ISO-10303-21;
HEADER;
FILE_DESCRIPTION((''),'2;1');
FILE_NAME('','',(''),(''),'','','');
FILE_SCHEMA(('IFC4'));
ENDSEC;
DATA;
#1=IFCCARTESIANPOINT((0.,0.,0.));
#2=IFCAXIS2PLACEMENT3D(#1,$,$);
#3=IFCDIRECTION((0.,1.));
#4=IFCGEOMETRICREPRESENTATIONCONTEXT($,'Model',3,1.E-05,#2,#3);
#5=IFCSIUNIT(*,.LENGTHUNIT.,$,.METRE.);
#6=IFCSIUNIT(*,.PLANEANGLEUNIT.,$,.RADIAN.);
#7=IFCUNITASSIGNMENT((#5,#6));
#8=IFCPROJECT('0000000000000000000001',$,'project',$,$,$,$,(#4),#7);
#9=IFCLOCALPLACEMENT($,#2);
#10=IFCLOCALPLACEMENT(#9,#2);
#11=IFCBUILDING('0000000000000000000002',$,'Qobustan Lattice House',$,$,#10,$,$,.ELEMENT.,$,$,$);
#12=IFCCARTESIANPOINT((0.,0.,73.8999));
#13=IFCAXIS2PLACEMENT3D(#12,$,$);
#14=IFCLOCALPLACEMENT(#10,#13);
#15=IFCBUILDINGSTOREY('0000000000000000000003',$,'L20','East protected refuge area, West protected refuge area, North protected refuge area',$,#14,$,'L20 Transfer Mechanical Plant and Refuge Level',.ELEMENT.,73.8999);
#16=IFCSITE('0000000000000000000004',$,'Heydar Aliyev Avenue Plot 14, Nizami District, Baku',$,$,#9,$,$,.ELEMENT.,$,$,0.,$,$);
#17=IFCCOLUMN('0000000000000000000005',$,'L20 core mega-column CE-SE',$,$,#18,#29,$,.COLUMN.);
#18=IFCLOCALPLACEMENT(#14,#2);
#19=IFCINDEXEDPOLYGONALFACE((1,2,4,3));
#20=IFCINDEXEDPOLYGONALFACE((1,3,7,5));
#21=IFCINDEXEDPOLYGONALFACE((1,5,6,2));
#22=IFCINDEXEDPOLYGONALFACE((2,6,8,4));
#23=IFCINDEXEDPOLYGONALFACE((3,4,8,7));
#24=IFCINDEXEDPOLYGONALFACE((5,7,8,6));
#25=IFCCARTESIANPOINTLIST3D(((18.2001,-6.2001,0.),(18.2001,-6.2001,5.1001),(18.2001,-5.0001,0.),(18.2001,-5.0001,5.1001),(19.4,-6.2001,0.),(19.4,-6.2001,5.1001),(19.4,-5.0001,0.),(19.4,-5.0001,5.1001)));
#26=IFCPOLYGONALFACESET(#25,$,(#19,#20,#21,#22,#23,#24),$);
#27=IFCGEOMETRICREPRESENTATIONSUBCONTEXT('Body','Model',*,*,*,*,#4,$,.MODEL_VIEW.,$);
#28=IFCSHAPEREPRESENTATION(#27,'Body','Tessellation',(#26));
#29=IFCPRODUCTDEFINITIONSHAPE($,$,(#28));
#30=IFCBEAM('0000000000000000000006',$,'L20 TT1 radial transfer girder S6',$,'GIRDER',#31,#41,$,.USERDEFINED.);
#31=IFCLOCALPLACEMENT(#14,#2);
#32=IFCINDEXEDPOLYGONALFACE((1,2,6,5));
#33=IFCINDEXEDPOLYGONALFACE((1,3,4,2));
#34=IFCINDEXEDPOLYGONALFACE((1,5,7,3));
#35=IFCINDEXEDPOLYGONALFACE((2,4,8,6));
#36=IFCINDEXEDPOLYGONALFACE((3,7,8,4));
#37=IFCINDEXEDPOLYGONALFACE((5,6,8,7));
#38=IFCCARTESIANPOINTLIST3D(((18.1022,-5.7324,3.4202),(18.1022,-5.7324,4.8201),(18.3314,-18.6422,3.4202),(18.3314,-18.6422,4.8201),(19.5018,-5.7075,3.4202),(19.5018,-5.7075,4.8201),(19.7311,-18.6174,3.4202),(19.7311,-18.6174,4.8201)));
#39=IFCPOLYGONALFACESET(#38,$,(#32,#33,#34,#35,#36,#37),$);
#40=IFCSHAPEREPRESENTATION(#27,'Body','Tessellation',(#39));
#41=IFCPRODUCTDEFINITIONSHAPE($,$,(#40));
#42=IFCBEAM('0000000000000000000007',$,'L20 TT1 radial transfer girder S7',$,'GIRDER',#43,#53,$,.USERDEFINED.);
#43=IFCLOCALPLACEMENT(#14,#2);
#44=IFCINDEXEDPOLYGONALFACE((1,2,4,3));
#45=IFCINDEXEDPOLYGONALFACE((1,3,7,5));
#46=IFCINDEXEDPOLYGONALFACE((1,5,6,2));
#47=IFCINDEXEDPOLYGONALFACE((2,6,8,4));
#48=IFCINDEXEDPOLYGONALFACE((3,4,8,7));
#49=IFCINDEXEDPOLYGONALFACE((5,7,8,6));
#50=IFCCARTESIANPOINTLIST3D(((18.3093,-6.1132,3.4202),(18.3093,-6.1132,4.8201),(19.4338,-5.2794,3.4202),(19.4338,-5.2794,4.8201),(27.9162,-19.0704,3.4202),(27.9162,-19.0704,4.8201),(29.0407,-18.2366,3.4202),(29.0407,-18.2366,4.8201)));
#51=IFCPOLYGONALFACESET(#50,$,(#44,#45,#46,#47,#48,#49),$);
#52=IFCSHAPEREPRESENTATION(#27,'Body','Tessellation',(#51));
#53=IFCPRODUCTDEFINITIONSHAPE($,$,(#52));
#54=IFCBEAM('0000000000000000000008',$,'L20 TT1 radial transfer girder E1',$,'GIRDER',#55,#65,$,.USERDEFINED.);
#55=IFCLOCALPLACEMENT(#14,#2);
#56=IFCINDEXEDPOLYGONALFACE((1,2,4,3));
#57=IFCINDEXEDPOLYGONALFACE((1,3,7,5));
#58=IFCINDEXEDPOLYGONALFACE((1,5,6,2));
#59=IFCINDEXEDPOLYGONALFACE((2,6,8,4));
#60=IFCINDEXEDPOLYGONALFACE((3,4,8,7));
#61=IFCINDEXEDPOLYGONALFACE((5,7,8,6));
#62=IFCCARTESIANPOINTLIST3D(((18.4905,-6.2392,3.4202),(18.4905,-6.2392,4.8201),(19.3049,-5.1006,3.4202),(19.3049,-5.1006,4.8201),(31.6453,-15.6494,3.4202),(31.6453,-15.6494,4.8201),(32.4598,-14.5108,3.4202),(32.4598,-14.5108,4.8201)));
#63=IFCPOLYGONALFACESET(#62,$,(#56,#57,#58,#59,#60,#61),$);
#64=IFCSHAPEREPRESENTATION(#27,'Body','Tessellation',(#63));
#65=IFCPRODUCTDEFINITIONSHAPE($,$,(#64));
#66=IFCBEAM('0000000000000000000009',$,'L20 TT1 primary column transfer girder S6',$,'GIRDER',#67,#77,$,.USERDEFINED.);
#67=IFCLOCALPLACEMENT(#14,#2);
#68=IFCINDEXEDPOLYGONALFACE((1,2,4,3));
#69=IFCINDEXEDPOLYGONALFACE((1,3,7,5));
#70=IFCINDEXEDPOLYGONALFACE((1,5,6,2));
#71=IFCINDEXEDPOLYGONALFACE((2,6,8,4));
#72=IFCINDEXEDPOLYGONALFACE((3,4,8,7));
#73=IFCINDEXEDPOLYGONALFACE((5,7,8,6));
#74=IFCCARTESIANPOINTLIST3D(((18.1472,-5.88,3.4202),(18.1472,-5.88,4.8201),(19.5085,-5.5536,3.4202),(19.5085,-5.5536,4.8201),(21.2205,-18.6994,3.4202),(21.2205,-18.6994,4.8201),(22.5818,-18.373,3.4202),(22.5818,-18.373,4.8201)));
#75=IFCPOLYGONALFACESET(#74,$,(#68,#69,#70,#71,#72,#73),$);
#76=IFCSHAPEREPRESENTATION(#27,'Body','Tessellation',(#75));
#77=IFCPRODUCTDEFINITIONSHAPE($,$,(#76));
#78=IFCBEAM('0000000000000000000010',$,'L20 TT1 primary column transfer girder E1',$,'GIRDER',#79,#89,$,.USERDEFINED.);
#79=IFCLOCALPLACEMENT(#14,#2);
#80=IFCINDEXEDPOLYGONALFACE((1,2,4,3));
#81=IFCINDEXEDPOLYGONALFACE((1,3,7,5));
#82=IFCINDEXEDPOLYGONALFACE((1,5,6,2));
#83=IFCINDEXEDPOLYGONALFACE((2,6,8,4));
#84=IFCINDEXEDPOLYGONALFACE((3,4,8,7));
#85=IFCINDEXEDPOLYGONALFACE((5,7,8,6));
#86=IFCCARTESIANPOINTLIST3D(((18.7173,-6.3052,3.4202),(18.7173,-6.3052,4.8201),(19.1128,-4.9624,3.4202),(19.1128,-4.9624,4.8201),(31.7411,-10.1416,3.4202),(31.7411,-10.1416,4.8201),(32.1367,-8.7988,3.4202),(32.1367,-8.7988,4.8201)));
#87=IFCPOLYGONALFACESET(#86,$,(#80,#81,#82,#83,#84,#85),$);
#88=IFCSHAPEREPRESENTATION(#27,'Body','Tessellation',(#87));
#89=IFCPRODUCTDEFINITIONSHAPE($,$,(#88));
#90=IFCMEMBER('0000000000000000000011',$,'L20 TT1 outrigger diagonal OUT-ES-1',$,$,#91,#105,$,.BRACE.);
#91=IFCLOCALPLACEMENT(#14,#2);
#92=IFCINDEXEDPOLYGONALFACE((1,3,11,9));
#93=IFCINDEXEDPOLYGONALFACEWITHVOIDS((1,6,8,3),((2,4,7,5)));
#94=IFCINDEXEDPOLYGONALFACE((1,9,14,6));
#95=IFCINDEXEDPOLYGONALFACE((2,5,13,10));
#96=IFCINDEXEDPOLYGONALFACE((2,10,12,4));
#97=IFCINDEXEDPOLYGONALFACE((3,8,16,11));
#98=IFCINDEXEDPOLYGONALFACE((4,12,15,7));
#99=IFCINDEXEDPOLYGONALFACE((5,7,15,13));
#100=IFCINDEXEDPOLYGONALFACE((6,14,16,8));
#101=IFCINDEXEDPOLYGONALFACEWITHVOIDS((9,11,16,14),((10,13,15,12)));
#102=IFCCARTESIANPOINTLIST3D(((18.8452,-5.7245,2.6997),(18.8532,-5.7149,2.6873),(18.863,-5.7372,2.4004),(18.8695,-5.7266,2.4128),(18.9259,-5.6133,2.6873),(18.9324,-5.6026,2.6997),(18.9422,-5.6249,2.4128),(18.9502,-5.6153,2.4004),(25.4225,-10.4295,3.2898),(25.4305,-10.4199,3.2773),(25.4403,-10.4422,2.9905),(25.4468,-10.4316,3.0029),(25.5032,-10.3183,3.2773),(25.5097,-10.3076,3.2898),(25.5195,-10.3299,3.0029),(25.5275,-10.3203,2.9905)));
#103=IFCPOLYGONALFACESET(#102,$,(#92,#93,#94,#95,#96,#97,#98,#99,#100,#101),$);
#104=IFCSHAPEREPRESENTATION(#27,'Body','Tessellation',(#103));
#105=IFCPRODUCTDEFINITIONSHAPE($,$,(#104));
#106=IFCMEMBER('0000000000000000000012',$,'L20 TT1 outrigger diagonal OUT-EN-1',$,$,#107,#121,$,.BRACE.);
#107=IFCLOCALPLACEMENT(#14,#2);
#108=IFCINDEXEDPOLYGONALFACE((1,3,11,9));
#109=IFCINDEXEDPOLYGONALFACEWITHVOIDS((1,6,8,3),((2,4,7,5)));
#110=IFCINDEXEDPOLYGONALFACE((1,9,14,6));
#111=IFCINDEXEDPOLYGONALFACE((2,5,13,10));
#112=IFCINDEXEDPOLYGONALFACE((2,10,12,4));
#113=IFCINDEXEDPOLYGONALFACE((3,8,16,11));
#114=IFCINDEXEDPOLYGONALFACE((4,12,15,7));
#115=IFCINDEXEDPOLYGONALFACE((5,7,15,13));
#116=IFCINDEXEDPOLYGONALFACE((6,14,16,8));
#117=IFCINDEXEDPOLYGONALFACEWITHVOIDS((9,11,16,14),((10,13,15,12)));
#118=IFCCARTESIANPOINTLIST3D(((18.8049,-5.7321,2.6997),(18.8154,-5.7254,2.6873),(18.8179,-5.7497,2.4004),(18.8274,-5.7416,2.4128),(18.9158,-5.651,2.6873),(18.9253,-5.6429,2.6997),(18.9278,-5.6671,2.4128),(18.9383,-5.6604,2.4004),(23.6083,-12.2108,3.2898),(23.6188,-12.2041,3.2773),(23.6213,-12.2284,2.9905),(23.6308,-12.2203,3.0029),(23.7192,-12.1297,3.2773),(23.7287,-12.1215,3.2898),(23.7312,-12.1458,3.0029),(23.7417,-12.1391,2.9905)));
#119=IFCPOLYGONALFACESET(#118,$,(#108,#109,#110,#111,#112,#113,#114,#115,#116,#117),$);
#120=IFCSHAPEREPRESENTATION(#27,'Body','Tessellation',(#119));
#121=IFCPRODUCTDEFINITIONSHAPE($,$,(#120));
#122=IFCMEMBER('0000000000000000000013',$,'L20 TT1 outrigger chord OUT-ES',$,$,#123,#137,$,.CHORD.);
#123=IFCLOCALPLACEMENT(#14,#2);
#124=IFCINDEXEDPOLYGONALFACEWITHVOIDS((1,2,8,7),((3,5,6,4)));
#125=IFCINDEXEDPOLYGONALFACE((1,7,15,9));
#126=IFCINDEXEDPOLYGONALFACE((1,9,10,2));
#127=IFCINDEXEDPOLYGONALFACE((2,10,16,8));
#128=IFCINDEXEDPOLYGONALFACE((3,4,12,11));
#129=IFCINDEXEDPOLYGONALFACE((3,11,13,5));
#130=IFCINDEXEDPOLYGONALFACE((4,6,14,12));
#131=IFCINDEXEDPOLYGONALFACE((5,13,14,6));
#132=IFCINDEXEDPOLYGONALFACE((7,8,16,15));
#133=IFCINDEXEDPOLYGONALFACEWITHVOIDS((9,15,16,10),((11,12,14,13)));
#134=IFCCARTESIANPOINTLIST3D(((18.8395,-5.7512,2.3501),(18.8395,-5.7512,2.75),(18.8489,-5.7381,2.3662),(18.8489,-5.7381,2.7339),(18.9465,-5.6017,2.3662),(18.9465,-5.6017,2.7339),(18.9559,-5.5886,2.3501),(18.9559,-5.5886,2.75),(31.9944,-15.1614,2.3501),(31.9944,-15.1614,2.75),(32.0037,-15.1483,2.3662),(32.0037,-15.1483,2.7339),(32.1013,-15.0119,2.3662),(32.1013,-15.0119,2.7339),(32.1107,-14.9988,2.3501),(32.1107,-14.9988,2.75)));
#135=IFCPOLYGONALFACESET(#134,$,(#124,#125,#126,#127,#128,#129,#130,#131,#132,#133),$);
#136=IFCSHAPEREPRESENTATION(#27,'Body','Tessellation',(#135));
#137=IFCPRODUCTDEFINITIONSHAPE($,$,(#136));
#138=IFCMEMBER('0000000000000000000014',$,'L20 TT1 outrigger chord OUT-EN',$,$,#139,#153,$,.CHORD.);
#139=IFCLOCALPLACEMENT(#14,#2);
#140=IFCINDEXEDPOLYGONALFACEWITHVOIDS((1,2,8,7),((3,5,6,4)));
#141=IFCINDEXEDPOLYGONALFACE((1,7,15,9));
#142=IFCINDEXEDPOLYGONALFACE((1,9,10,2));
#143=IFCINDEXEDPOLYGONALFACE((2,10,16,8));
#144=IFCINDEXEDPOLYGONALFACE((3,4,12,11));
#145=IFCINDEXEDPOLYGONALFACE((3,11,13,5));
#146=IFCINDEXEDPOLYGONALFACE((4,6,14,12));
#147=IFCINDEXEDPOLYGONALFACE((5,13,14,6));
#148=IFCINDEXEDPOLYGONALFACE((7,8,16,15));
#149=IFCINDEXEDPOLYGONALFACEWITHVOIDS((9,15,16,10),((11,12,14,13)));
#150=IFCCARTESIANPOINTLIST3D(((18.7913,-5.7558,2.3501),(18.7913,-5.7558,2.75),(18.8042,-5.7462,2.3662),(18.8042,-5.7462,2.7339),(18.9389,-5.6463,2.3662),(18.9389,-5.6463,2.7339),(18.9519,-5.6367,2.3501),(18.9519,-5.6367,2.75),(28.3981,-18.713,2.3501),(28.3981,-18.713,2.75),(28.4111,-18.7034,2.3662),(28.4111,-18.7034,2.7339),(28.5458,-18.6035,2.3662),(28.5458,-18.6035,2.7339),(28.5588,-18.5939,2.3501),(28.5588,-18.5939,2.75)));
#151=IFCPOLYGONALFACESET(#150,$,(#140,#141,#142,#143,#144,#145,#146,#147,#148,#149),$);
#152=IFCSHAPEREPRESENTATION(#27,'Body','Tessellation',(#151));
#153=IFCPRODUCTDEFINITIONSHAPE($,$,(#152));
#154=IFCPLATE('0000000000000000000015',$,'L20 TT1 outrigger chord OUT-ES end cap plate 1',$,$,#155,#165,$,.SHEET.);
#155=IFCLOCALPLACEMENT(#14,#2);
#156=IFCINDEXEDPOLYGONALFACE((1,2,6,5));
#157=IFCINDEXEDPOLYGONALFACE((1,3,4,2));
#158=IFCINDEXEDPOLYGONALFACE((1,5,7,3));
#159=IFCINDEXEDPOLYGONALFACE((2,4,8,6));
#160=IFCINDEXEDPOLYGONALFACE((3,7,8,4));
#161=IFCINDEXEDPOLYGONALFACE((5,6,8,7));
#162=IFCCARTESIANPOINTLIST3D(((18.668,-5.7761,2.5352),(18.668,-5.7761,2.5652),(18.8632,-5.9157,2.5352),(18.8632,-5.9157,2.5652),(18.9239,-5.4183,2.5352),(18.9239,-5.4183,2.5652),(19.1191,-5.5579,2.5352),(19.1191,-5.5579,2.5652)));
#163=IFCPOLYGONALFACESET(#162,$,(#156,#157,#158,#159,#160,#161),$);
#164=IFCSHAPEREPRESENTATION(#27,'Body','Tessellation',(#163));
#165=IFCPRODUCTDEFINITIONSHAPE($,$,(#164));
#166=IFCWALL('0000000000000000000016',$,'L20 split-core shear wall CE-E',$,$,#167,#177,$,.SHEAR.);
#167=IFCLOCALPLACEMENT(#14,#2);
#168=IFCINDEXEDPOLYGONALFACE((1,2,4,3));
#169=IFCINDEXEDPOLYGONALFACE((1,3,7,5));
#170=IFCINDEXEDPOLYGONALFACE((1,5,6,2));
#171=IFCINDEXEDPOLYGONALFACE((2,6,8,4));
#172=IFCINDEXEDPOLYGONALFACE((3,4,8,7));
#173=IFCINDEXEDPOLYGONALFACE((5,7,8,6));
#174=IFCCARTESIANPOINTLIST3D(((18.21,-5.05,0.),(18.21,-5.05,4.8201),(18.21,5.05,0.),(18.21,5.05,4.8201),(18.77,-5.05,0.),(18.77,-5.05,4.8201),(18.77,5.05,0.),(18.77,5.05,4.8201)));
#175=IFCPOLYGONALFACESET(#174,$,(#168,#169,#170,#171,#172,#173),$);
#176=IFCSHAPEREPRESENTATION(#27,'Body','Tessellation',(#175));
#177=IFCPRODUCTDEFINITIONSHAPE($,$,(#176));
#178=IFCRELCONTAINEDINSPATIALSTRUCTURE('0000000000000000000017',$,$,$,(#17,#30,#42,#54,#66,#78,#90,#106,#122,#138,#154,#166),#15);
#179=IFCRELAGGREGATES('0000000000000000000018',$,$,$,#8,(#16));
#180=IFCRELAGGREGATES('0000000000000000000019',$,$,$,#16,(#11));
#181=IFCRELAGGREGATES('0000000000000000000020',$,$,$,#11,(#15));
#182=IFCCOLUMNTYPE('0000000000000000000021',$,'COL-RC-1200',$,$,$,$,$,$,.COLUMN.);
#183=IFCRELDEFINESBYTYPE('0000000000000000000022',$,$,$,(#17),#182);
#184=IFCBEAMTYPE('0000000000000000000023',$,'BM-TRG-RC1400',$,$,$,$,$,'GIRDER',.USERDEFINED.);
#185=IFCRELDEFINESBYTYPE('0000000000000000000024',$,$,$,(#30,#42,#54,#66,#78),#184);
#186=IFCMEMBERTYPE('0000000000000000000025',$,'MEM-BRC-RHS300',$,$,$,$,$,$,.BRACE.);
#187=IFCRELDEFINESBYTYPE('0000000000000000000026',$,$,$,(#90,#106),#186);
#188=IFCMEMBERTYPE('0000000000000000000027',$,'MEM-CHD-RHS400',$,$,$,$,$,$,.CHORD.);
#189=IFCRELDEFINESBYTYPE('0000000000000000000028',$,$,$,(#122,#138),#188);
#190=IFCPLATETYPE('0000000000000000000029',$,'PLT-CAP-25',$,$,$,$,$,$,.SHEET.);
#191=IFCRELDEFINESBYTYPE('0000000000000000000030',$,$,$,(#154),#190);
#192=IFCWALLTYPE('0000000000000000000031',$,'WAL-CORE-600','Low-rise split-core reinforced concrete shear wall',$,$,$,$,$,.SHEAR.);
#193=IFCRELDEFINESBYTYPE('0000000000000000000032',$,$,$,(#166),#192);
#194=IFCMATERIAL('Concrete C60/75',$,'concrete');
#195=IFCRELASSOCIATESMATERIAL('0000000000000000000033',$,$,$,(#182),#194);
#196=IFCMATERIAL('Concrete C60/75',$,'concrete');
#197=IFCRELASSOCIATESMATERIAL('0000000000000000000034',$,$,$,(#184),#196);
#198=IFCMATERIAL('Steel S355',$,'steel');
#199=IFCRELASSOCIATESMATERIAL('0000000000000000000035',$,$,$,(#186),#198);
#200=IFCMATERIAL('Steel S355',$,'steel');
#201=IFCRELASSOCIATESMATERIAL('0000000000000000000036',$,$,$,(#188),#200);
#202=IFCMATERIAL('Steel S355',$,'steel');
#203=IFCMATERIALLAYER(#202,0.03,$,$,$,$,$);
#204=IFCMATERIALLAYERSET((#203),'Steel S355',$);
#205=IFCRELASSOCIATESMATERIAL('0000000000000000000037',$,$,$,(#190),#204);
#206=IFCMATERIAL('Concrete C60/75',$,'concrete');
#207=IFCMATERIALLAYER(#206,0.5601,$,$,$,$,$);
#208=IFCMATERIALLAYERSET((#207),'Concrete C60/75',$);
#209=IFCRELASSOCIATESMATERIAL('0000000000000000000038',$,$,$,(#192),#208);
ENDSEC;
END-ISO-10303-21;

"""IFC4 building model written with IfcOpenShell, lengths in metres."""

from ifc_helpers import new_model, si_unit, direction, frame, frame_2d, origin, origin_2d, place, context, subcontext, project, spatial, rectangle, hollow_rectangle, extrude, material, layer, layer_set, material_profile, profile_set, type_object, element, save


model = new_model("IFC4")

# Units and contexts
model_context = context("Model", 3, precision=1e-05, world=origin(), true_north=direction((0.0, 1.0)))
body_context = subcontext(model_context, "Body", "Model", "MODEL_VIEW")
ifc_project = project(units=[si_unit("LENGTHUNIT", "METRE"), si_unit("PLANEANGLEUNIT", "RADIAN")], contexts=[model_context])

# Site, building, storey
site_placement = place(None, origin())
site = spatial("IfcSite", under=ifc_project, at=site_placement, Name="Heydar Aliyev Avenue Plot 14, Nizami District, Baku", CompositionType="ELEMENT", RefElevation=0.0)
building_placement = place(site_placement, origin())
building = spatial("IfcBuilding", under=site, at=building_placement, Name="Qobustan Lattice House", CompositionType="ELEMENT")
storey_placement = place(building_placement, frame((0.0, 0.0, 73.8999)))
storey = spatial("IfcBuildingStorey", under=building, at=storey_placement, Name="L20", Description="East protected refuge area, West protected refuge area, North protected refuge area", LongName="L20 Transfer Mechanical Plant and Refuge Level", CompositionType="ELEMENT", Elevation=73.8999)

# Column
ifc_material_1 = material(Name="Concrete C60/75", Category="concrete")
ifc_material_profile_1 = material_profile(ifc_material_1, rectangle(XDim=1.2, YDim=1.2, at=origin_2d()), Name="RC1200x1200")
ifc_profile_set_1 = profile_set([ifc_material_profile_1], Name="Concrete C60/75")
column_type = type_object("IfcColumnType", Name="COL-RC-1200", PredefinedType="COLUMN", material=ifc_profile_set_1)
column_placement = place(storey_placement, frame((18.8, -5.6001, 0.0), z_axis=(0.0, 0.0, 1.0), x_axis=(1.0, 0.0, 0.0)))
element("IfcColumn", 1, at=column_placement, inside=storey, type_object=column_type, Name="L20 core mega-column CE-SE", PredefinedType="COLUMN", context=body_context, shape_type="SweptSolid", body=[
    extrude(rectangle(XDim=1.2, YDim=1.2, at=origin_2d()), origin(), (0.0, 0.0, 1.0), 5.1001),
])

# Beams
ifc_material_2 = material(Name="Concrete C60/75", Category="concrete")
ifc_material_profile_2 = material_profile(ifc_material_2, rectangle(XDim=1.3999, YDim=1.3999, at=origin_2d()), Name="RC1400x1400")
ifc_profile_set_2 = profile_set([ifc_material_profile_2], Name="Concrete C60/75")
beam_type = type_object("IfcBeamType", Name="BM-TRG-RC1400", ElementType="GIRDER", PredefinedType="USERDEFINED", material=ifc_profile_set_2)
beam_1_placement = place(storey_placement, frame((18.802, -5.72, 4.1201), z_axis=(0.017755, -0.999842, 0.0), x_axis=(0.999842, 0.017755, 0.0)))
element("IfcBeam", 2, at=beam_1_placement, inside=storey, type_object=beam_type, Name="L20 TT1 radial transfer girder S6", ObjectType="GIRDER", PredefinedType="USERDEFINED", context=body_context, shape_type="SweptSolid", body=[
    extrude(rectangle(XDim=1.3999, YDim=1.3999, at=origin_2d()), origin(), (0.0, 0.0, 1.0), 12.9119),
])
beam_2_placement = place(storey_placement, frame((18.8716, -5.6963, 4.1201), z_axis=(0.595586, -0.803292, 0.0), x_axis=(0.803292, 0.595586, 0.0)))
element("IfcBeam", 3, at=beam_2_placement, inside=storey, type_object=beam_type, Name="L20 TT1 radial transfer girder S7", ObjectType="GIRDER", PredefinedType="USERDEFINED", context=body_context, shape_type="SweptSolid", body=[
    extrude(rectangle(XDim=1.3999, YDim=1.3999, at=origin_2d()), origin(), (0.0, 0.0, 1.0), 16.1301),
])
beam_3_placement = place(storey_placement, frame((18.8977, -5.6699, 4.1201), z_axis=(0.813327, -0.581806, 0.0), x_axis=(0.581806, 0.813327, 0.0)))
element("IfcBeam", 4, at=beam_3_placement, inside=storey, type_object=beam_type, Name="L20 TT1 radial transfer girder E1", ObjectType="GIRDER", PredefinedType="USERDEFINED", context=body_context, shape_type="SweptSolid", body=[
    extrude(rectangle(XDim=1.3999, YDim=1.3999, at=origin_2d()), origin(), (0.0, 0.0, 1.0), 16.1741),
])
beam_4_placement = place(storey_placement, frame((18.8279, -5.7168, 4.1201), z_axis=(0.233129, -0.972446, 0.0), x_axis=(0.972446, 0.233129, 0.0)))
element("IfcBeam", 5, at=beam_4_placement, inside=storey, type_object=beam_type, Name="L20 TT1 primary column transfer girder S6", ObjectType="GIRDER", PredefinedType="USERDEFINED", context=body_context, shape_type="SweptSolid", body=[
    extrude(rectangle(XDim=1.3999, YDim=1.3999, at=origin_2d()), origin(), (0.0, 0.0, 1.0), 13.1826),
])
beam_5_placement = place(storey_placement, frame((18.915, -5.6338, 4.1201), z_axis=(0.959249, -0.282563, 0.0), x_axis=(0.282563, 0.959249, 0.0)))
element("IfcBeam", 6, at=beam_5_placement, inside=storey, type_object=beam_type, Name="L20 TT1 primary column transfer girder E1", ObjectType="GIRDER", PredefinedType="USERDEFINED", context=body_context, shape_type="SweptSolid", body=[
    extrude(rectangle(XDim=1.3999, YDim=1.3999, at=origin_2d()), origin(), (0.0, 0.0, 1.0), 13.5771),
])

# Members
ifc_material_3 = material(Name="Steel S355", Category="steel")
ifc_material_profile_3 = material_profile(ifc_material_3, hollow_rectangle(XDim=0.1499, YDim=0.3, WallThickness=0.0125, at=origin_2d()), Name="RHS300x150x12.5")
ifc_profile_set_3 = profile_set([ifc_material_profile_3], Name="Steel S355")
member_type_1 = type_object("IfcMemberType", Name="MEM-BRC-RHS300", PredefinedType="BRACE", material=ifc_profile_set_3)
member_1_placement = place(storey_placement, frame((18.8977, -5.6699, 2.55), z_axis=(0.811171, -0.580264, 0.072774), x_axis=(0.581806, 0.813327, 0.0)))
element("IfcMember", 7, at=member_1_placement, inside=storey, type_object=member_type_1, Name="L20 TT1 outrigger diagonal OUT-ES-1", PredefinedType="BRACE", context=body_context, shape_type="SweptSolid", body=[
    extrude(hollow_rectangle(XDim=0.1499, YDim=0.3, WallThickness=0.0125, at=origin_2d()), origin(), (0.0, 0.0, 1.0), 8.1084),
])
member_2_placement = place(storey_placement, frame((18.8716, -5.6963, 2.55), z_axis=(0.593991, -0.801156, 0.07297), x_axis=(0.803297, 0.595579, 0.0)))
element("IfcMember", 8, at=member_2_placement, inside=storey, type_object=member_type_1, Name="L20 TT1 outrigger diagonal OUT-EN-1", PredefinedType="BRACE", context=body_context, shape_type="SweptSolid", body=[
    extrude(hollow_rectangle(XDim=0.1499, YDim=0.3, WallThickness=0.0125, at=origin_2d()), origin(), (0.0, 0.0, 1.0), 8.0867),
])
ifc_material_4 = material(Name="Steel S355", Category="steel")
ifc_material_profile_4 = material_profile(ifc_material_4, hollow_rectangle(XDim=0.2, YDim=0.3999, WallThickness=0.0161, at=origin_2d()), Name="RHS400x200x16")
ifc_profile_set_4 = profile_set([ifc_material_profile_4], Name="Steel S355")
member_type_2 = type_object("IfcMemberType", Name="MEM-CHD-RHS400", PredefinedType="CHORD", material=ifc_profile_set_4)
member_3_placement = place(storey_placement, frame((18.8977, -5.6699, 2.55), z_axis=(0.813327, -0.581806, 0.0), x_axis=(0.581806, 0.813327, 0.0)))
element("IfcMember", 9, at=member_3_placement, inside=storey, type_object=member_type_2, Name="L20 TT1 outrigger chord OUT-ES", PredefinedType="CHORD", context=body_context, shape_type="SweptSolid", body=[
    extrude(hollow_rectangle(XDim=0.2, YDim=0.3999, WallThickness=0.0161, at=origin_2d()), origin(), (0.0, 0.0, 1.0), 16.1741),
])
member_4_placement = place(storey_placement, frame((18.8716, -5.6963, 2.55), z_axis=(0.595586, -0.803292, 0.0), x_axis=(0.803292, 0.595586, 0.0)))
element("IfcMember", 10, at=member_4_placement, inside=storey, type_object=member_type_2, Name="L20 TT1 outrigger chord OUT-EN", PredefinedType="CHORD", context=body_context, shape_type="SweptSolid", body=[
    extrude(hollow_rectangle(XDim=0.2, YDim=0.3999, WallThickness=0.0161, at=origin_2d()), origin(), (0.0, 0.0, 1.0), 16.1301),
])

# Plate
ifc_material_5 = material(Name="Steel S355", Category="steel")
ifc_layer_1 = layer(ifc_material_5, 0.03)
ifc_layer_set_1 = layer_set([ifc_layer_1], Name="Steel S355")
plate_type = type_object("IfcPlateType", Name="PLT-CAP-25", PredefinedType="SHEET", material=ifc_layer_set_1)
plate_placement = place(storey_placement, frame((18.8936, -5.667, 2.5352), z_axis=(0.0, 0.0, 1.0), x_axis=(0.813324, -0.581811, 0.0)))
element("IfcPlate", 11, at=plate_placement, inside=storey, type_object=plate_type, Name="L20 TT1 outrigger chord OUT-ES end cap plate 1", PredefinedType="SHEET", context=body_context, shape_type="SweptSolid", body=[
    extrude(rectangle(XDim=0.24, YDim=0.4399, at=origin_2d()), origin(), (0.0, 0.0, 1.0), 0.03),
])

# Wall
ifc_material_6 = material(Name="Concrete C60/75", Category="concrete")
ifc_layer_2 = layer(ifc_material_6, 0.5601)
ifc_layer_set_2 = layer_set([ifc_layer_2], Name="Concrete C60/75")
wall_type_1 = type_object("IfcWallType", Name="WAL-CORE-600", Description="Low-rise split-core reinforced concrete shear wall", PredefinedType="SHEAR", material=ifc_layer_set_2)
wall_1_placement = place(storey_placement, frame((18.49, -5.05, 0.0), z_axis=(0.0, 0.0, 1.0), x_axis=(0.0, 1.0, 0.0)))
element("IfcWall", 12, at=wall_1_placement, inside=storey, type_object=wall_type_1, Name="L20 split-core shear wall CE-E", PredefinedType="SHEAR", context=body_context, shape_type="SweptSolid", body=[
    extrude(rectangle(XDim=10.1001, YDim=0.5601, at=frame_2d((5.05, 0.0))), origin(), (0.0, 0.0, 1.0), 4.8201),
])

save(model, "model.ifc")
